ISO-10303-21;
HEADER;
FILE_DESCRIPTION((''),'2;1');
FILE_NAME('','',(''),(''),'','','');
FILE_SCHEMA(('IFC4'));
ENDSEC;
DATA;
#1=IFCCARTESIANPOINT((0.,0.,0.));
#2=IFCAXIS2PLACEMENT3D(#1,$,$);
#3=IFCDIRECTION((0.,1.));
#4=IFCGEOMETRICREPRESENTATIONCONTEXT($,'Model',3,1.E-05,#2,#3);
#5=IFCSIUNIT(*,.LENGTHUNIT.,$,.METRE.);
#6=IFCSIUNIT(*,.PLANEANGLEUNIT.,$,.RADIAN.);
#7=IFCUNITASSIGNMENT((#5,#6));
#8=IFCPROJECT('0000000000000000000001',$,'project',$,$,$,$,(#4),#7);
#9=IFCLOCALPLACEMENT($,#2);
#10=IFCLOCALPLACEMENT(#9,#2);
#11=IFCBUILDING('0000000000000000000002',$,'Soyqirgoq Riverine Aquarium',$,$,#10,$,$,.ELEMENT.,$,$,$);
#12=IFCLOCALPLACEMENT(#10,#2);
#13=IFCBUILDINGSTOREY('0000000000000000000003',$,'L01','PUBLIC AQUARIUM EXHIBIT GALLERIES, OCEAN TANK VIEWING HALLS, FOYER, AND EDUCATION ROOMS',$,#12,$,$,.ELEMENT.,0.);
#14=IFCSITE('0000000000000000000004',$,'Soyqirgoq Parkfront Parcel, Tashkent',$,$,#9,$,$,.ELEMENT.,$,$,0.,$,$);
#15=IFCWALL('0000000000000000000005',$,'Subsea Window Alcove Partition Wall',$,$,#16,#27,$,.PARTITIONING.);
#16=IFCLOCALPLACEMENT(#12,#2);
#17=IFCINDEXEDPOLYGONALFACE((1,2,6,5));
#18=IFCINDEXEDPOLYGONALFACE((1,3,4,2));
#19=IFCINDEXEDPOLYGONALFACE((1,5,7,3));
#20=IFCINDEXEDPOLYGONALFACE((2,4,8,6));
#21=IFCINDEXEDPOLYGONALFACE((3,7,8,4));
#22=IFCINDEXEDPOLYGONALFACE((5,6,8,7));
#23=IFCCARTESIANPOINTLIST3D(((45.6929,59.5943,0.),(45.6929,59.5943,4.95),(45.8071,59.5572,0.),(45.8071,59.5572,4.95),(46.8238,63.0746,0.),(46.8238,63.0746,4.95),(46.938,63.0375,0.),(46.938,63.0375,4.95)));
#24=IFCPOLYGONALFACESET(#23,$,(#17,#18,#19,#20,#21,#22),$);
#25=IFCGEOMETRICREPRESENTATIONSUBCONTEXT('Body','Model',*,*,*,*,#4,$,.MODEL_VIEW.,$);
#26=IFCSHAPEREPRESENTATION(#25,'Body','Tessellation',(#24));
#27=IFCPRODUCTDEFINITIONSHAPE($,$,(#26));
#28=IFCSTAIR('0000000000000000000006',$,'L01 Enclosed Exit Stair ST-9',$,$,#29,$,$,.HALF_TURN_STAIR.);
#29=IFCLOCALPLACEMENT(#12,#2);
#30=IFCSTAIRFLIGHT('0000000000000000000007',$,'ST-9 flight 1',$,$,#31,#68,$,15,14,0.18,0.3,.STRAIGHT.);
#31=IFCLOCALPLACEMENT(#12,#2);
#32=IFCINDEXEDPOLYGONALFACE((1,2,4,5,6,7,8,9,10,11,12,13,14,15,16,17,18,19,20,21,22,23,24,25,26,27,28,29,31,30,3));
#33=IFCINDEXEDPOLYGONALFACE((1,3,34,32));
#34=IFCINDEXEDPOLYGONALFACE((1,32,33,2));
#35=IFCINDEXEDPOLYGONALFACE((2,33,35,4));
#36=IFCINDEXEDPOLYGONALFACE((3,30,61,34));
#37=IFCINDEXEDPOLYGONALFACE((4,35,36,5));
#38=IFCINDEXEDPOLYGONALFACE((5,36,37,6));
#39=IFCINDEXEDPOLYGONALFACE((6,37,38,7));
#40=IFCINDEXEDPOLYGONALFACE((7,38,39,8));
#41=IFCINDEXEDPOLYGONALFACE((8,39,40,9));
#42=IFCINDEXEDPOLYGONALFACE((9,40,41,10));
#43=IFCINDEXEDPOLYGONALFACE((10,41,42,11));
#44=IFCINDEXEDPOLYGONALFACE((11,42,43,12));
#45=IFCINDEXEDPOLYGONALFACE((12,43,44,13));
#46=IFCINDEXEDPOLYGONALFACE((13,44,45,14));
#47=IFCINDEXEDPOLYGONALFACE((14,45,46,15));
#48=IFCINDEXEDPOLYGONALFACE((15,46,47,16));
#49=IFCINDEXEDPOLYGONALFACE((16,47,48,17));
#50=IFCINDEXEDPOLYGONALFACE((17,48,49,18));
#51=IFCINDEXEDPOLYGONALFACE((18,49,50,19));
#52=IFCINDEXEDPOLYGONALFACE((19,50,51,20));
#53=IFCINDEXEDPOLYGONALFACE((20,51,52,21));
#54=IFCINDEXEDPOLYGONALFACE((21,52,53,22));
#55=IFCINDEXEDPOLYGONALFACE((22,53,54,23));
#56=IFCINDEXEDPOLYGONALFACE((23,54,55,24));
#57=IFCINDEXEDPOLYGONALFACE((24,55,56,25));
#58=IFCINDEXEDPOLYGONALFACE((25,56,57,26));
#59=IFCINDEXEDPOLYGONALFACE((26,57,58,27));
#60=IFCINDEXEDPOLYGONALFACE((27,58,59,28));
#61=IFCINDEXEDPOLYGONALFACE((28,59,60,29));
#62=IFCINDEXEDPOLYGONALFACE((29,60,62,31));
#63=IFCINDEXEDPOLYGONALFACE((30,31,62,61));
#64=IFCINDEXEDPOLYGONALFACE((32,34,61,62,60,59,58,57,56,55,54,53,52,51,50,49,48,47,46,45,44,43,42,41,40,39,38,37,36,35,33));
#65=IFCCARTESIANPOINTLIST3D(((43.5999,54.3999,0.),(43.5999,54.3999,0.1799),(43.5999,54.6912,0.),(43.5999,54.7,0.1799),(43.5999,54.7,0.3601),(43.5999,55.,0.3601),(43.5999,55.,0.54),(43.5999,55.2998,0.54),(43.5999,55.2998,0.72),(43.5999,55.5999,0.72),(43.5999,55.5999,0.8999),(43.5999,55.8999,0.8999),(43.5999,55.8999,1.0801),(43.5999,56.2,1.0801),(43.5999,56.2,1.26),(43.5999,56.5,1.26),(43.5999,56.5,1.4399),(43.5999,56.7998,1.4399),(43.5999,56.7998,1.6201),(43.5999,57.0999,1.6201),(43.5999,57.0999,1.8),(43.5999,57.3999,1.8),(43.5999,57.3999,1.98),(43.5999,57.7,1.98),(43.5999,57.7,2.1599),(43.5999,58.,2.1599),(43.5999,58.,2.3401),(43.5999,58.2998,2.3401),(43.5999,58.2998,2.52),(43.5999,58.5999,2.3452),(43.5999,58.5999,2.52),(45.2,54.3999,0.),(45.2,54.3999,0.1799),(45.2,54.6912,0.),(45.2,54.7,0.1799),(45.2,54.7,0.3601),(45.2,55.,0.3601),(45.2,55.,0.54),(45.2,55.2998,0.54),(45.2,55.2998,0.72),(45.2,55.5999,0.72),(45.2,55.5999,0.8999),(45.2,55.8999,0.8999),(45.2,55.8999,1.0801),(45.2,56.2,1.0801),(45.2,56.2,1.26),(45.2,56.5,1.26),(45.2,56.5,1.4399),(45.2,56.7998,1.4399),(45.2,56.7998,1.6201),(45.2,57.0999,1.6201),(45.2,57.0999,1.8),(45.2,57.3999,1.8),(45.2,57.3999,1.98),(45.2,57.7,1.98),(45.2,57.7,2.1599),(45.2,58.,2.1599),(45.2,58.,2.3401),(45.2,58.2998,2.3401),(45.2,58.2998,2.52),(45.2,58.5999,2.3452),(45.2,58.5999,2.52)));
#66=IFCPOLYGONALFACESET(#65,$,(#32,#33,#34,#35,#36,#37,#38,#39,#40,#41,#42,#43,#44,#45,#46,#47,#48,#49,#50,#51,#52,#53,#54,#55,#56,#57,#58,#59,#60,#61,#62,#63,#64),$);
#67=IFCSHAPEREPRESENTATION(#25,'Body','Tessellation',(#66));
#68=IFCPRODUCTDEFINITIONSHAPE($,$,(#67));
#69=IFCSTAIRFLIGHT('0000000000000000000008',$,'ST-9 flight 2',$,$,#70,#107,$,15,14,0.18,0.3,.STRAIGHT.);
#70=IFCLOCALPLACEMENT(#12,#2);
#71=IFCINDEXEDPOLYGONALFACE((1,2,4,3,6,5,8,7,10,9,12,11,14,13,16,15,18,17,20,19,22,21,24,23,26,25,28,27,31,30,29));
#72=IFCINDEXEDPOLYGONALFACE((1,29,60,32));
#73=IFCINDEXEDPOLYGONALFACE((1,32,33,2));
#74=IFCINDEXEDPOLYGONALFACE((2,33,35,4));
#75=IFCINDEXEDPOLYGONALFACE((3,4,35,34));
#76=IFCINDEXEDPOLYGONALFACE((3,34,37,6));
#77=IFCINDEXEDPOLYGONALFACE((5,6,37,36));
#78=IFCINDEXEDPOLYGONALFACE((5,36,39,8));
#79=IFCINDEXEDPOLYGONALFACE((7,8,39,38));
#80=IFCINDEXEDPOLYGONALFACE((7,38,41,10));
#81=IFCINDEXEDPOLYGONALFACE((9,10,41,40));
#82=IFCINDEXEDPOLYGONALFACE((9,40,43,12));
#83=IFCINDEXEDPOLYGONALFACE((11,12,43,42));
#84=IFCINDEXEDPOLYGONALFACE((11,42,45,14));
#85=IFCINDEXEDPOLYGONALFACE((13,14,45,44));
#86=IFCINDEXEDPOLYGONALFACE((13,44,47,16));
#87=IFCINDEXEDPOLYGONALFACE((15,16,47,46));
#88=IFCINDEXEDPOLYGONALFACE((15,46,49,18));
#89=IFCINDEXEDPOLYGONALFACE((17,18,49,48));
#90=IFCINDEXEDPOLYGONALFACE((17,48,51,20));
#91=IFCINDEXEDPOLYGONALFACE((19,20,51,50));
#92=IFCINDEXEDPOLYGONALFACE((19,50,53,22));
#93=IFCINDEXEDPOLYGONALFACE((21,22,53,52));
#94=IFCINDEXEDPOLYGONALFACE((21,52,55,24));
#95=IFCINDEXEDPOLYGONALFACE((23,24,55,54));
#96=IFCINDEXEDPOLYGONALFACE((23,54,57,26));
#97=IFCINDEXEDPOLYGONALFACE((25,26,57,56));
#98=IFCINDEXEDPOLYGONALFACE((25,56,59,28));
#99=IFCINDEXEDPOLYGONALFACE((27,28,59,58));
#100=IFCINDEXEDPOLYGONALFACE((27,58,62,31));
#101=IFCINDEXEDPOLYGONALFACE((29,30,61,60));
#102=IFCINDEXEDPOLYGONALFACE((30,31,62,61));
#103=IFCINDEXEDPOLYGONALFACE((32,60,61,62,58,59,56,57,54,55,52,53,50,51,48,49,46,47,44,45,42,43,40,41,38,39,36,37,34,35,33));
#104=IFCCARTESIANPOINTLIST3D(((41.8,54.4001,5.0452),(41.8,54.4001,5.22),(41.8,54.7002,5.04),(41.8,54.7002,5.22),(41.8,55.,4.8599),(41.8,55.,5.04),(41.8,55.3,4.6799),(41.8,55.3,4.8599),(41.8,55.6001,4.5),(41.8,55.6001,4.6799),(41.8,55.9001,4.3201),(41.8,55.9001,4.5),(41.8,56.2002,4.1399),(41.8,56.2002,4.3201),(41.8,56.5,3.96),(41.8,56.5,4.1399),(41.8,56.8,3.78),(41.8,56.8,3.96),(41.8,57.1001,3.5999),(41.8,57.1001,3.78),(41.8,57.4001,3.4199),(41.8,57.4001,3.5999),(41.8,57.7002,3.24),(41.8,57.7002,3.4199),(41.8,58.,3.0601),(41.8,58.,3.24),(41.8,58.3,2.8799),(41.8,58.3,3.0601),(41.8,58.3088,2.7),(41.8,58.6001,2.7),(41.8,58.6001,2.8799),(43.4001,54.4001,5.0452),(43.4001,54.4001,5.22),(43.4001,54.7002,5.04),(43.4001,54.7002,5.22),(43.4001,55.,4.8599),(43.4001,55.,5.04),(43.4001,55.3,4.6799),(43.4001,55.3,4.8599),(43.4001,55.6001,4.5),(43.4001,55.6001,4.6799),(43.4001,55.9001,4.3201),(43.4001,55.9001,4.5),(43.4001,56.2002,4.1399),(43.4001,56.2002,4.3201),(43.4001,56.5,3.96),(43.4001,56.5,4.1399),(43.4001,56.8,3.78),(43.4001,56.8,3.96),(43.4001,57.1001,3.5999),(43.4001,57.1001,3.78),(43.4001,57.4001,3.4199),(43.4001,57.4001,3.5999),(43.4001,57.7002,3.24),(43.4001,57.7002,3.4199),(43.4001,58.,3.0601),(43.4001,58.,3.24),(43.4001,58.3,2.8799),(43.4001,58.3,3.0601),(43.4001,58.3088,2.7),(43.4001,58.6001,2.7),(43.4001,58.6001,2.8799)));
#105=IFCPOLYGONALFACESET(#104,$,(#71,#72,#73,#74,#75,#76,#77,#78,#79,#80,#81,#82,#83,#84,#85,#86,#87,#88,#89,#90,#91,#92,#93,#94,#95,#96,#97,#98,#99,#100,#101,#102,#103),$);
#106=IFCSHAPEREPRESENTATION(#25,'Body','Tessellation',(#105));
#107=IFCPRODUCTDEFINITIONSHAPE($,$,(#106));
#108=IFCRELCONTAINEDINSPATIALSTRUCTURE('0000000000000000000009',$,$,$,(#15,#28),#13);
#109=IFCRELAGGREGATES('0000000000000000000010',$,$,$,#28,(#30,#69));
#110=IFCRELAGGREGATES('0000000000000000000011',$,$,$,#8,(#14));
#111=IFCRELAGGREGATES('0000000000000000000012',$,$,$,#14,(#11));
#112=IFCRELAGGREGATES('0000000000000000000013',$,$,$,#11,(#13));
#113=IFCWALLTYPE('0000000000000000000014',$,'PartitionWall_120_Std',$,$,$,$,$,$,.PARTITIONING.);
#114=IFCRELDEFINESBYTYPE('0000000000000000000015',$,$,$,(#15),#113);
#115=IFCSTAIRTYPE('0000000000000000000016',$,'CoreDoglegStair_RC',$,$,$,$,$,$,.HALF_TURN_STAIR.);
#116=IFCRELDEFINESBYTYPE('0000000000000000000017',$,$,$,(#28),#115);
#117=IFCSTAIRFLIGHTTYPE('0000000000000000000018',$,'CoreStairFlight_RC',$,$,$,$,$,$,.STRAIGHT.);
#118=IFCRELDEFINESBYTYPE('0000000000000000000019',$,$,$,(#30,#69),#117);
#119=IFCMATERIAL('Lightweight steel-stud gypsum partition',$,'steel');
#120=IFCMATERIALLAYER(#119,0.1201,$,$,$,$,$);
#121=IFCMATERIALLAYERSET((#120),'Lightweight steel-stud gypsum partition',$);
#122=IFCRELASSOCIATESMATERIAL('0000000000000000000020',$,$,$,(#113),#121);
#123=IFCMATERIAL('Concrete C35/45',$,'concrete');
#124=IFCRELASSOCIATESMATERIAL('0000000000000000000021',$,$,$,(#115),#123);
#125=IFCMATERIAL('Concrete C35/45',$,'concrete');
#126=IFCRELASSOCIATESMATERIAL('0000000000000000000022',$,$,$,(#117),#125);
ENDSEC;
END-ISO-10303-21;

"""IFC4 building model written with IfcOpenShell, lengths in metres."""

from ifc_helpers import new_model, si_unit, direction, frame, frame_2d, origin, place, context, subcontext, project, spatial, polyline, rectangle, outline, extrude, material, layer, layer_set, type_object, element, aggregate, save


model = new_model("IFC4")

# Units and contexts
model_context = context("Model", 3, precision=1e-05, world=origin(), true_north=direction((0.0, 1.0)))
body_context = subcontext(model_context, "Body", "Model", "MODEL_VIEW")
ifc_project = project(units=[si_unit("LENGTHUNIT", "METRE"), si_unit("PLANEANGLEUNIT", "RADIAN")], contexts=[model_context])

# Site, building, storey
site_placement = place(None, origin())
site = spatial("IfcSite", under=ifc_project, at=site_placement, Name="Soyqirgoq Parkfront Parcel, Tashkent", CompositionType="ELEMENT", RefElevation=0.0)
building_placement = place(site_placement, origin())
building = spatial("IfcBuilding", under=site, at=building_placement, Name="Soyqirgoq Riverine Aquarium", CompositionType="ELEMENT")
storey_placement = place(building_placement, origin())
storey = spatial("IfcBuildingStorey", under=building, at=storey_placement, Name="L01", Description="PUBLIC AQUARIUM EXHIBIT GALLERIES, OCEAN TANK VIEWING HALLS, FOYER, AND EDUCATION ROOMS", CompositionType="ELEMENT", Elevation=0.0)

# Wall
ifc_material_1 = material(Name="Lightweight steel-stud gypsum partition", Category="steel")
ifc_layer_1 = layer(ifc_material_1, 0.1201)
ifc_layer_set_1 = layer_set([ifc_layer_1], Name="Lightweight steel-stud gypsum partition")
wall_type_1 = type_object("IfcWallType", Name="PartitionWall_120_Std", PredefinedType="PARTITIONING", material=ifc_layer_set_1)
wall_1_placement = place(storey_placement, frame((46.8809, 63.0559, 0.0), z_axis=(0.0, 0.0, 1.0), x_axis=(-0.309033, -0.951051, 0.0)))
element("IfcWall", 1, at=wall_1_placement, inside=storey, type_object=wall_type_1, Name="Subsea Window Alcove Partition Wall", PredefinedType="PARTITIONING", context=body_context, shape_type="SweptSolid", body=[
    extrude(rectangle(XDim=3.6594, YDim=0.1201, at=frame_2d((1.8296, 0.0))), origin(), (0.0, 0.0, 1.0), 4.95),
])

# Stair, stair flights
ifc_material_2 = material(Name="Concrete C35/45", Category="concrete")
stair_type = type_object("IfcStairType", Name="CoreDoglegStair_RC", PredefinedType="HALF_TURN_STAIR", material=ifc_material_2)
stair_placement = place(storey_placement, origin())
stair = element("IfcStair", 2, at=stair_placement, inside=storey, type_object=stair_type, Name="L01 Enclosed Exit Stair ST-9", PredefinedType="HALF_TURN_STAIR")
ifc_material_3 = material(Name="Concrete C35/45", Category="concrete")
stair_flight_type = type_object("IfcStairFlightType", Name="CoreStairFlight_RC", PredefinedType="STRAIGHT", material=ifc_material_3)
stair_flight_1_placement = place(storey_placement, frame((44.3999, 54.3999, 0.0), z_axis=(0.0, 0.0, 1.0), x_axis=(0.0, 1.0, 0.0)))
stair_flight_1 = element("IfcStairFlight", 3, at=stair_flight_1_placement, type_object=stair_flight_type, Name="ST-9 flight 1", NumberOfRisers=15, NumberOfTreads=14, PredefinedType="STRAIGHT", RiserHeight=0.18, TreadLength=0.3, context=body_context, shape_type="SweptSolid", body=[
    extrude(outline(polyline([(0.0, 0.0), (0.0, 0.1799), (0.3, 0.1799), (0.3, 0.3601), (0.6001, 0.3601), (0.6001, 0.54), (0.8999, 0.54), (0.8999, 0.72), (1.2, 0.72), (1.2, 0.8999), (1.5, 0.8999), (1.5, 1.0801), (1.8, 1.0801), (1.8, 1.26), (2.1001, 1.26), (2.1001, 1.4399), (2.3999, 1.4399), (2.3999, 1.6201), (2.7, 1.6201), (2.7, 1.8), (3.0, 1.8), (3.0, 1.98), (3.3, 1.98), (3.3, 2.1599), (3.6001, 2.1599), (3.6001, 2.3401), (3.8999, 2.3401), (3.8999, 2.52), (4.2, 2.52), (4.2, 2.7), (4.2, 2.3452), (0.2913, 0.0), (0.0, 0.0)])), frame((0.0, 0.8, 0.0), z_axis=(0.0, -1.0, 0.0), x_axis=(1.0, 0.0, 0.0)), (0.0, 0.0, 1.0), 1.6001),
])
stair_flight_2_placement = place(storey_placement, frame((42.6001, 58.6001, 2.7), z_axis=(0.0, 0.0, 1.0), x_axis=(0.0, -1.0, 0.0)))
stair_flight_2 = element("IfcStairFlight", 4, at=stair_flight_2_placement, type_object=stair_flight_type, Name="ST-9 flight 2", NumberOfRisers=15, NumberOfTreads=14, PredefinedType="STRAIGHT", RiserHeight=0.18, TreadLength=0.3, context=body_context, shape_type="SweptSolid", body=[
    extrude(outline(polyline([(0.0, 0.0), (0.0, 0.1799), (0.3, 0.1799), (0.3, 0.3601), (0.6001, 0.3601), (0.6001, 0.54), (0.8999, 0.54), (0.8999, 0.72), (1.2, 0.72), (1.2, 0.8999), (1.5, 0.8999), (1.5, 1.0801), (1.8, 1.0801), (1.8, 1.26), (2.1001, 1.26), (2.1001, 1.4399), (2.3999, 1.4399), (2.3999, 1.6201), (2.7, 1.6201), (2.7, 1.8), (3.0, 1.8), (3.0, 1.98), (3.3, 1.98), (3.3, 2.1599), (3.6001, 2.1599), (3.6001, 2.3401), (3.8999, 2.3401), (3.8999, 2.52), (4.2, 2.52), (4.2, 2.7), (4.2, 2.3452), (0.2913, 0.0), (0.0, 0.0)])), frame((0.0, 0.8, 0.0), z_axis=(0.0, -1.0, 0.0), x_axis=(1.0, 0.0, 0.0)), (0.0, 0.0, 1.0), 1.6001),
])
aggregate(stair, [stair_flight_1, stair_flight_2])

save(model, "model.ifc")
